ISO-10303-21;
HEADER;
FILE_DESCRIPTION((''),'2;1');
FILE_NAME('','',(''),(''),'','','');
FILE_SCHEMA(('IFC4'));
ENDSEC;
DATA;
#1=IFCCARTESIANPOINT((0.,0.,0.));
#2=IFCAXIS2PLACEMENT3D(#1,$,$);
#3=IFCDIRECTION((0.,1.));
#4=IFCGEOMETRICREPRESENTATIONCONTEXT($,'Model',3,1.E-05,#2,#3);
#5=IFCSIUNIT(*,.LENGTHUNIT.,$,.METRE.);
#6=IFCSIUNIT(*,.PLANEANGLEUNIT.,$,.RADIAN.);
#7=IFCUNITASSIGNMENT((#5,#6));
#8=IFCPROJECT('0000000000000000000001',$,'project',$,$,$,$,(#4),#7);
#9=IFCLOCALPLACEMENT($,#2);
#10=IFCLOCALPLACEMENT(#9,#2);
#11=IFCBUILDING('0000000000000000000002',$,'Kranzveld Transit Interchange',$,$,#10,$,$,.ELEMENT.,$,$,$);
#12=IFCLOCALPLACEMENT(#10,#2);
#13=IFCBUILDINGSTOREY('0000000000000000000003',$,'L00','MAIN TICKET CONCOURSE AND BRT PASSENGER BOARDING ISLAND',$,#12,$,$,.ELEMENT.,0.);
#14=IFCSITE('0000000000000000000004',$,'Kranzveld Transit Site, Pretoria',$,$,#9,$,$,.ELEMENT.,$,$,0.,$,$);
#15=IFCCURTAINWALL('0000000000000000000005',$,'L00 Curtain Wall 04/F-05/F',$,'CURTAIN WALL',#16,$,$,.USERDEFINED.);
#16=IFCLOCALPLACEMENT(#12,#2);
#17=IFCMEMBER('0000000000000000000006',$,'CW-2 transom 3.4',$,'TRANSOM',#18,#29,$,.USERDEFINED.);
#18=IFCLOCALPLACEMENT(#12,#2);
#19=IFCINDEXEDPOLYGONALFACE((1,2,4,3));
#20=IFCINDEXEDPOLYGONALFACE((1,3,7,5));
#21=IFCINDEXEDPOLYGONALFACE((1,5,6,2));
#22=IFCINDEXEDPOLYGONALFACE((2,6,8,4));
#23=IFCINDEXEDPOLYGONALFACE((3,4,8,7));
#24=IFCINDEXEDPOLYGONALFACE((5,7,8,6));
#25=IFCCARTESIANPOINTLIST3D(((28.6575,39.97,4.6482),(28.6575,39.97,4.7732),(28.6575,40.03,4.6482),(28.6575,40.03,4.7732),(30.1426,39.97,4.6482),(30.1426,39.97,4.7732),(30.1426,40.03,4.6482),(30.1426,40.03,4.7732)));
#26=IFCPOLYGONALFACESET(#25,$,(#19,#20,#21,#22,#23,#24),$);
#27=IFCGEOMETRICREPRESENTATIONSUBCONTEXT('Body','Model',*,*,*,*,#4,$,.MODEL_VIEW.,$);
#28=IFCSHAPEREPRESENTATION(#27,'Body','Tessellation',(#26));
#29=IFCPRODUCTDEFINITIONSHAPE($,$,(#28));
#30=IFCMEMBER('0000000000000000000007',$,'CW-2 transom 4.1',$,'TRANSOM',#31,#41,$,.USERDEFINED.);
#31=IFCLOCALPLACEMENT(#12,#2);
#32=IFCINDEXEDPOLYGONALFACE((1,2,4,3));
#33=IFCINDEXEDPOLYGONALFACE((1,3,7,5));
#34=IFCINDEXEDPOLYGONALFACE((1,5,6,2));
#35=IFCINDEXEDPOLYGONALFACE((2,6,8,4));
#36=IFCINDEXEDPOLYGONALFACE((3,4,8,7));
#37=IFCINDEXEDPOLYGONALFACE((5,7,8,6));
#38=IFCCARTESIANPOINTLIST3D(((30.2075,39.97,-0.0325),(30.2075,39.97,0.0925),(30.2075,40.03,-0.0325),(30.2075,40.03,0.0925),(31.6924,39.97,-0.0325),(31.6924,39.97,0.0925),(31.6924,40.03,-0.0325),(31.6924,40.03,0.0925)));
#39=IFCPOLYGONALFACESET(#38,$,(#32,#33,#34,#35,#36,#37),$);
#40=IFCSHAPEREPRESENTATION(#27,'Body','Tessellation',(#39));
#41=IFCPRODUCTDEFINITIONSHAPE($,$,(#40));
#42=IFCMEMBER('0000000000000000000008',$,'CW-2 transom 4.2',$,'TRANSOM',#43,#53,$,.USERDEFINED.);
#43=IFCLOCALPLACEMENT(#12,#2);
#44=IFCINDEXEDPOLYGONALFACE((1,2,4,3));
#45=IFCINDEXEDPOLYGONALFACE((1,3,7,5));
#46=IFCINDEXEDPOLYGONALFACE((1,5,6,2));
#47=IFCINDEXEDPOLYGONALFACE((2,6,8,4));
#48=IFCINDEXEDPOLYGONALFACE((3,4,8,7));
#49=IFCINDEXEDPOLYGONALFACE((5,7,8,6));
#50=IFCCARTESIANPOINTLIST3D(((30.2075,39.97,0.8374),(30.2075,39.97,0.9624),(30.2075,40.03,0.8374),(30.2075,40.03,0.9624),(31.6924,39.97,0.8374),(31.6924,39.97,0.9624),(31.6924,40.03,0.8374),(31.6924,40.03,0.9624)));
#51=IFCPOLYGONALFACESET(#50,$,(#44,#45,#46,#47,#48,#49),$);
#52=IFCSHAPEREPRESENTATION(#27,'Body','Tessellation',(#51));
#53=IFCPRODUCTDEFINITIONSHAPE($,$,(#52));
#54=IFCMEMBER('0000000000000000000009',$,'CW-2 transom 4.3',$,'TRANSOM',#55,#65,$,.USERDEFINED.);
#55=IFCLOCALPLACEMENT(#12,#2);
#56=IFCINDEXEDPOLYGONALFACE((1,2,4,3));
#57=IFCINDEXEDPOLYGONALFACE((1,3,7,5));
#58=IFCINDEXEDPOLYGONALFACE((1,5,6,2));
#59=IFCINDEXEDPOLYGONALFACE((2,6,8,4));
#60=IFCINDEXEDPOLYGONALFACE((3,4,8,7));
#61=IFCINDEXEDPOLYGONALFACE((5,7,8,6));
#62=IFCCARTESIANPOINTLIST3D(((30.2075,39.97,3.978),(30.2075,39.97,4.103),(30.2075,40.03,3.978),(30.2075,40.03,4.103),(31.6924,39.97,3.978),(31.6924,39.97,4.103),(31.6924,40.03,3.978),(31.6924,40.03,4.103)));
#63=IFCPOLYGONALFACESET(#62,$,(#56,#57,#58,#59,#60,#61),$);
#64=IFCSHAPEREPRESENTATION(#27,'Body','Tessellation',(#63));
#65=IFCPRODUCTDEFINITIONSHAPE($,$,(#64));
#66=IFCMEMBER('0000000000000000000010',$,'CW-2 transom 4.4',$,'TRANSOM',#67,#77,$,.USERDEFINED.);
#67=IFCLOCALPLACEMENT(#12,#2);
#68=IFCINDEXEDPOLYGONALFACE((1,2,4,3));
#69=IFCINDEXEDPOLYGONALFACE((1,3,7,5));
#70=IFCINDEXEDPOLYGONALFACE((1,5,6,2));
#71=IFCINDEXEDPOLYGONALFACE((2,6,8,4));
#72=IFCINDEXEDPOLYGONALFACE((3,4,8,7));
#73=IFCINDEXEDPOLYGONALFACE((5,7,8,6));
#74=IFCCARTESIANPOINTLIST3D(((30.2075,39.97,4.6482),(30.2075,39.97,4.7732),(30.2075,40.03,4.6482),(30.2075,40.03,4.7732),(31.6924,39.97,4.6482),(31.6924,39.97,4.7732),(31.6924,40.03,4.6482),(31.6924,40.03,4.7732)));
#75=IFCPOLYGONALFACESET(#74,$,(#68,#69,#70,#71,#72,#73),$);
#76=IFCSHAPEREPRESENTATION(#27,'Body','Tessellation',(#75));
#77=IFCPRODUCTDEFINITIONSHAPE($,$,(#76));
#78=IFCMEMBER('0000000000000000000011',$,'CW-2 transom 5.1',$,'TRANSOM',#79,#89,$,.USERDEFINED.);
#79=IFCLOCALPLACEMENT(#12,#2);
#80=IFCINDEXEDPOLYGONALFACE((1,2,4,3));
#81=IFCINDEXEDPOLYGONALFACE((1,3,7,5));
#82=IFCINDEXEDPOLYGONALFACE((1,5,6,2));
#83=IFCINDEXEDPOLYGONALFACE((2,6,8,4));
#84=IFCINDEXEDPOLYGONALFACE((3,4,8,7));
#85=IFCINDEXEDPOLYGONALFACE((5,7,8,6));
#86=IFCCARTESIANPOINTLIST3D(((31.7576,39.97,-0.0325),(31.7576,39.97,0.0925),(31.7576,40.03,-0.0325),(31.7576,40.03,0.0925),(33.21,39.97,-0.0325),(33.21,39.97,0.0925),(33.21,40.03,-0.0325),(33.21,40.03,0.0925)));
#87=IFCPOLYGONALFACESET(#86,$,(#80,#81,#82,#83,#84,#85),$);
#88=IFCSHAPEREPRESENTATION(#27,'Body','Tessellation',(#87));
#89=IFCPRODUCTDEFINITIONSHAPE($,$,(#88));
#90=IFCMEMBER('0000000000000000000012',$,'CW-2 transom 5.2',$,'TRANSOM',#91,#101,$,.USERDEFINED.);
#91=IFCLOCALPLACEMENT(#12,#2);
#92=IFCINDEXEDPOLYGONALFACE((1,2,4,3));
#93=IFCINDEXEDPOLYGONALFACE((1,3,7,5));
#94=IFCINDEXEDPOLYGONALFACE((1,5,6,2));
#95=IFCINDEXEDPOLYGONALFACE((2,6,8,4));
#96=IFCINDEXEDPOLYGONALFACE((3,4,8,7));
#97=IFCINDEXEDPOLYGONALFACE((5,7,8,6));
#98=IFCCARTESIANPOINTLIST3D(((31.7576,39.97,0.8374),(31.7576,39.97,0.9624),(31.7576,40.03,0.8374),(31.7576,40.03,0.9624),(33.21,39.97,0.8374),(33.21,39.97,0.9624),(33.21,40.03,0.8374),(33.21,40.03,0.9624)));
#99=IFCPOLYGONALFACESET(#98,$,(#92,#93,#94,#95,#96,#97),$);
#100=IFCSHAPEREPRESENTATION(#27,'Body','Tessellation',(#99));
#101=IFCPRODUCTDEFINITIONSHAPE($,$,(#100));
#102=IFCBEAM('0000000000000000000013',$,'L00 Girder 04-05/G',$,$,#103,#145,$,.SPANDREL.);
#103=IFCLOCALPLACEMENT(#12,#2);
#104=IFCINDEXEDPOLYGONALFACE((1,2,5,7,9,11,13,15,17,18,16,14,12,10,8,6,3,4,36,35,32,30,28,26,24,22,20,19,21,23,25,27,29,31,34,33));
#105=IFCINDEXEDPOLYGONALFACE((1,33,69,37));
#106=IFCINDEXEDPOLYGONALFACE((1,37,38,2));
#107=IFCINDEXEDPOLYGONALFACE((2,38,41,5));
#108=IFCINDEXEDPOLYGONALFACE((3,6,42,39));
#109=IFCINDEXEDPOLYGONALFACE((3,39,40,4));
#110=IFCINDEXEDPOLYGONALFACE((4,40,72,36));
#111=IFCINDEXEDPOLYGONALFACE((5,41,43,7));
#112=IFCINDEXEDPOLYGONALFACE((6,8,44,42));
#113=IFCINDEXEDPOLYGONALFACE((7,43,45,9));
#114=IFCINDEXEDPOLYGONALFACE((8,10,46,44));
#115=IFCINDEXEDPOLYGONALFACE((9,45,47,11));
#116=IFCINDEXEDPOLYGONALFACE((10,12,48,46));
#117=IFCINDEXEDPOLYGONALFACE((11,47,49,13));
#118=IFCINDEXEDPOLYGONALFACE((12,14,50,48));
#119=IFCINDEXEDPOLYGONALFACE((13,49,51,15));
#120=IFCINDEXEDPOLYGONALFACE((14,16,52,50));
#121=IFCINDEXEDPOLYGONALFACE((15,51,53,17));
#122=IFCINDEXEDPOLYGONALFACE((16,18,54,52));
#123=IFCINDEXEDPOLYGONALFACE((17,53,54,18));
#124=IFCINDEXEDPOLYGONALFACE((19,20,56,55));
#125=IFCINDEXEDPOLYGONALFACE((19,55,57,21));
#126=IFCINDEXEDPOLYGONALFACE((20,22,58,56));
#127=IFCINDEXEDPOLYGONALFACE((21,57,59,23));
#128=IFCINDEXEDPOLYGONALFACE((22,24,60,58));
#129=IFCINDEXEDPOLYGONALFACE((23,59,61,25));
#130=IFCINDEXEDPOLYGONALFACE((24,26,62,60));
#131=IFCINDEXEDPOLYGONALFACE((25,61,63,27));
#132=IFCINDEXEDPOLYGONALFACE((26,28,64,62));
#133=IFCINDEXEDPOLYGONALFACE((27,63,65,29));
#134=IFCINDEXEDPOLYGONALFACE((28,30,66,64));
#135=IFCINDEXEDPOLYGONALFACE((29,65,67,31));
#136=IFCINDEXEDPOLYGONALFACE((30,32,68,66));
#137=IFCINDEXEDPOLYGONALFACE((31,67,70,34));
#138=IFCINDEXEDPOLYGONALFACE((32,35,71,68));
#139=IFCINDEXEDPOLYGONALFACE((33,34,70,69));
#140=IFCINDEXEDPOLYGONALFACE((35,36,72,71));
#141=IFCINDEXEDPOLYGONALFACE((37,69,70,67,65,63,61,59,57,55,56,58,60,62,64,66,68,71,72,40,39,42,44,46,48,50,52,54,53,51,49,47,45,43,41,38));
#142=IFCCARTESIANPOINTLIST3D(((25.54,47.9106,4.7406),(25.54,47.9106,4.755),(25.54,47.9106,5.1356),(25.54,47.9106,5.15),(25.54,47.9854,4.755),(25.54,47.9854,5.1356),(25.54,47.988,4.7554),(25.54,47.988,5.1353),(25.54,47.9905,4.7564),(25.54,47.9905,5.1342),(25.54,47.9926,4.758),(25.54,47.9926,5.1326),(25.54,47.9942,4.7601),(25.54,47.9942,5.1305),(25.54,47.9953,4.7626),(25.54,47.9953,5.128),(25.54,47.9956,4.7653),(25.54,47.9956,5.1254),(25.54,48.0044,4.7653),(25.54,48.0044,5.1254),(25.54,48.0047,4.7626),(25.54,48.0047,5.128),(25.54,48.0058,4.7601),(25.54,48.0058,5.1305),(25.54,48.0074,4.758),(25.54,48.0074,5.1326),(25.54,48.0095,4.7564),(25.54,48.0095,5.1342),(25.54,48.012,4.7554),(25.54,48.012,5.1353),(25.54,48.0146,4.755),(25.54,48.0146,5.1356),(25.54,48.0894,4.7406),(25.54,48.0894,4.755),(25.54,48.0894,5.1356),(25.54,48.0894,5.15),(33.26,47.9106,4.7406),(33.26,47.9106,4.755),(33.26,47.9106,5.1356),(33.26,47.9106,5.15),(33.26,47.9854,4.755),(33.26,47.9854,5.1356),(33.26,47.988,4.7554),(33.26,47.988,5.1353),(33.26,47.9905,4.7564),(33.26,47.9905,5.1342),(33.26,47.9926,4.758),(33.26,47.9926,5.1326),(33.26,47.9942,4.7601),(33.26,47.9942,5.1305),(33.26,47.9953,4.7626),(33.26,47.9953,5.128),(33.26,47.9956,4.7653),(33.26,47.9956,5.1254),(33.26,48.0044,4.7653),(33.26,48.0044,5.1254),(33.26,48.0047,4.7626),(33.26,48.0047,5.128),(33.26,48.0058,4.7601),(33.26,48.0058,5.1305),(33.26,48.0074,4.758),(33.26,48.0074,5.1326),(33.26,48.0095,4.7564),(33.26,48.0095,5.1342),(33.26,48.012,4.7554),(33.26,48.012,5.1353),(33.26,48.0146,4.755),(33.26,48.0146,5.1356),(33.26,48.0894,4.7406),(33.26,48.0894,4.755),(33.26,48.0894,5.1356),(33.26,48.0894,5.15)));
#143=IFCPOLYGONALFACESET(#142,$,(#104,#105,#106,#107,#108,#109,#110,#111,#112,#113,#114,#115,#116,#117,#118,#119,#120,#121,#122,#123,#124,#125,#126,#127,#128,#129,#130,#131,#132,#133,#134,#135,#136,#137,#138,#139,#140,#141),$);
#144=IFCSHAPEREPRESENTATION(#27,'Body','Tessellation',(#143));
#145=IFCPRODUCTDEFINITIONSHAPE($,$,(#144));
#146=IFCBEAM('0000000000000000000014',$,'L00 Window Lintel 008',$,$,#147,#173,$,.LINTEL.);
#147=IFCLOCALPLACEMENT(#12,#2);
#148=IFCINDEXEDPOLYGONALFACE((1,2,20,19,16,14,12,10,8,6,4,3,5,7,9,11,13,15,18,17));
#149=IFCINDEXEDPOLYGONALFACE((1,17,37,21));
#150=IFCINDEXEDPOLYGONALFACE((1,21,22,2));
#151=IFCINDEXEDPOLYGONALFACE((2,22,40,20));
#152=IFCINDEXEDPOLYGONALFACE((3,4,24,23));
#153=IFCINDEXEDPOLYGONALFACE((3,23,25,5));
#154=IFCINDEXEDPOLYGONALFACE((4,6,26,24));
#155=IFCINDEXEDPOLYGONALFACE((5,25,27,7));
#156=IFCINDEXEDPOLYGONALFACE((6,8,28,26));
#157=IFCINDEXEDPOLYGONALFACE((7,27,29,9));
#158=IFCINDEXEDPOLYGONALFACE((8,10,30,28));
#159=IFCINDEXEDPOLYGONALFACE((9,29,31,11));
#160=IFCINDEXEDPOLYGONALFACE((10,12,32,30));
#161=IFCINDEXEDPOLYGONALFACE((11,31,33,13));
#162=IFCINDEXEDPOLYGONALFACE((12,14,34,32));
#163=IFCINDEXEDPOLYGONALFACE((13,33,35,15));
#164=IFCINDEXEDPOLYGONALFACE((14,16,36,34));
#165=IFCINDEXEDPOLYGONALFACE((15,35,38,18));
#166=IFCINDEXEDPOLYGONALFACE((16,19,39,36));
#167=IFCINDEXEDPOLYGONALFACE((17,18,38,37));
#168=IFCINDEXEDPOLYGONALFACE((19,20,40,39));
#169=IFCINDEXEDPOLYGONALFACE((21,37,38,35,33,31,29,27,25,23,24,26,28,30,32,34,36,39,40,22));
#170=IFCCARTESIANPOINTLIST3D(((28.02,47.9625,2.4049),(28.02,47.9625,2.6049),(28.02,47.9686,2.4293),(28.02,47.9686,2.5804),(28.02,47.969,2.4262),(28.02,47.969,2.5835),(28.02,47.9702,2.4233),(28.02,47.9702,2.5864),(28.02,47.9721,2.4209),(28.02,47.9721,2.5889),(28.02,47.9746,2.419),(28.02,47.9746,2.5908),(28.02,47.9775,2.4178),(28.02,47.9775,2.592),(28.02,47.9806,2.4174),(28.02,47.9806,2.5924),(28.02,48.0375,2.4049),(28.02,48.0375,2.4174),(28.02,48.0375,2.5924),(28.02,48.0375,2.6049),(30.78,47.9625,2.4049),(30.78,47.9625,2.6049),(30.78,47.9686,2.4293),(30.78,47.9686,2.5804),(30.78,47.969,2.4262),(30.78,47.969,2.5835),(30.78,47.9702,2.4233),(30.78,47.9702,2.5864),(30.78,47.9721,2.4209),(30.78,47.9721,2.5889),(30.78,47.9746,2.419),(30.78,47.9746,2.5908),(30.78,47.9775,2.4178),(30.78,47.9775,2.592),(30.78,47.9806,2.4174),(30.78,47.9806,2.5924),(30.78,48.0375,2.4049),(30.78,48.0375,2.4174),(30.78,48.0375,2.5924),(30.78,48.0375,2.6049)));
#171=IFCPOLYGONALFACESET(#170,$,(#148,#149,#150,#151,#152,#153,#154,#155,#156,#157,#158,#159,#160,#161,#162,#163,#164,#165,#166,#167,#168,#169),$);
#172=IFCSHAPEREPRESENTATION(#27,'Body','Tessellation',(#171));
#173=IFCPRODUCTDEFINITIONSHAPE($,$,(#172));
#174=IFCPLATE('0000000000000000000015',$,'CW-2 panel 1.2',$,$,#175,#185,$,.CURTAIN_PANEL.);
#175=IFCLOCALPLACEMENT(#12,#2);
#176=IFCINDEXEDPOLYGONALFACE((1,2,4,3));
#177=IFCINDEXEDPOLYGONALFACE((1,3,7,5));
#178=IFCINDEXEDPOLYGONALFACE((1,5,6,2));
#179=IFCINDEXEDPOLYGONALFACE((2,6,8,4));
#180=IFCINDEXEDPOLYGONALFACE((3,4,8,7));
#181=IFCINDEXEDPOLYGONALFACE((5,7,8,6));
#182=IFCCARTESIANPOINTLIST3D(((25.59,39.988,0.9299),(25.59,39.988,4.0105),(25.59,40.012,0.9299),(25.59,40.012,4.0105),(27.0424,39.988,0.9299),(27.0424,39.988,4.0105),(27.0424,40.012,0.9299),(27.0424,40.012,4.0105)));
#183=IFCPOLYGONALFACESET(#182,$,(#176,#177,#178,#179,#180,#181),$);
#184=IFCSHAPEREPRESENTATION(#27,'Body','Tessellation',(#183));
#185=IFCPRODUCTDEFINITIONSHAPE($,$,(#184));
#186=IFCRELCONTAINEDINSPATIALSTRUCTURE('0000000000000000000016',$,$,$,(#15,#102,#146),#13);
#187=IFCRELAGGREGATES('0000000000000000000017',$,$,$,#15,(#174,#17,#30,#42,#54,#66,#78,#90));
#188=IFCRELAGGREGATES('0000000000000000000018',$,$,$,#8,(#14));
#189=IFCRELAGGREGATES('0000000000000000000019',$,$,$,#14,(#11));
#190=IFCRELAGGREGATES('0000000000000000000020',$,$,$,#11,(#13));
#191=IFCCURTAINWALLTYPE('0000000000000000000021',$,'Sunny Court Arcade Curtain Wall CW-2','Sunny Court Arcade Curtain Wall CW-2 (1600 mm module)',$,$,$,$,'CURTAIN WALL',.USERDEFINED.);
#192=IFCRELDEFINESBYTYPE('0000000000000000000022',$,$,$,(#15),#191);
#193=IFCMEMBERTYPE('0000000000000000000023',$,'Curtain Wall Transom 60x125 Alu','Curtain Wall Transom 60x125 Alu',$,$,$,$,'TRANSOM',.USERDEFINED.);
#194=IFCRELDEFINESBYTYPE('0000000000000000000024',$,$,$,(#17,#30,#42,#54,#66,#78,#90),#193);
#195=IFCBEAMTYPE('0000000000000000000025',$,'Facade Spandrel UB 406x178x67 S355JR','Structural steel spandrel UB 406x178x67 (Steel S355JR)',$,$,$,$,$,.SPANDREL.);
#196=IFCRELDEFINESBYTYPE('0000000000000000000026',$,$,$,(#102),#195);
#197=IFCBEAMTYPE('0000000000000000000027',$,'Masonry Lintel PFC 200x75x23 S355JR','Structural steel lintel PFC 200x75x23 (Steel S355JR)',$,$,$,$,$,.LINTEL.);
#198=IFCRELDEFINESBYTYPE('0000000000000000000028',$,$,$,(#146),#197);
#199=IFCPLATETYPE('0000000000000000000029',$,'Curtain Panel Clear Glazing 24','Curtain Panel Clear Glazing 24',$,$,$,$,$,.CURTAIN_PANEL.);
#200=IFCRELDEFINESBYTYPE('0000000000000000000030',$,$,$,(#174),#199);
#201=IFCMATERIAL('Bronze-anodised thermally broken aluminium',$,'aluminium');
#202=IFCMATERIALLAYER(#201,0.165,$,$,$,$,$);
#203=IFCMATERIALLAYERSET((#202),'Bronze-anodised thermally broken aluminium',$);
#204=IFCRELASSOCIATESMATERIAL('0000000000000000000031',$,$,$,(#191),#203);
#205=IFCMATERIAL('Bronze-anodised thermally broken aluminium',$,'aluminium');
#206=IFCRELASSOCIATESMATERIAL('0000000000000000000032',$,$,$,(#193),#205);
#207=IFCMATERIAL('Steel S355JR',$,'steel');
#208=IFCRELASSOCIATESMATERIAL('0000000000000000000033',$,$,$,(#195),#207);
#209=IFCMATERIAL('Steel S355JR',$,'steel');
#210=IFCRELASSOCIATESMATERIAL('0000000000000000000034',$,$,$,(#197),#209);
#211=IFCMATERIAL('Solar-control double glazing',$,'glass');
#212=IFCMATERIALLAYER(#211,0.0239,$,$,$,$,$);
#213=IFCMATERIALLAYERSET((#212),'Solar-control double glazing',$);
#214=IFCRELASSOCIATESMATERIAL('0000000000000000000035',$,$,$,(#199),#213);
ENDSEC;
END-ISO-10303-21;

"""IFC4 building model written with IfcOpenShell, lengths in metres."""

from ifc_helpers import new_model, si_unit, direction, frame, origin, origin_2d, place, context, subcontext, project, spatial, rectangle, i_section, u_section, extrude, material, layer, layer_set, material_profile, profile_set, type_object, element, aggregate, save


model = new_model("IFC4")

# Units and contexts
model_context = context("Model", 3, precision=1e-05, world=origin(), true_north=direction((0.0, 1.0)))
body_context = subcontext(model_context, "Body", "Model", "MODEL_VIEW")
ifc_project = project(units=[si_unit("LENGTHUNIT", "METRE"), si_unit("PLANEANGLEUNIT", "RADIAN")], contexts=[model_context])

# Site, building, storey
site_placement = place(None, origin())
site = spatial("IfcSite", under=ifc_project, at=site_placement, Name="Kranzveld Transit Site, Pretoria", CompositionType="ELEMENT", RefElevation=0.0)
building_placement = place(site_placement, origin())
building = spatial("IfcBuilding", under=site, at=building_placement, Name="Kranzveld Transit Interchange", CompositionType="ELEMENT")
storey_placement = place(building_placement, origin())
storey = spatial("IfcBuildingStorey", under=building, at=storey_placement, Name="L00", Description="MAIN TICKET CONCOURSE AND BRT PASSENGER BOARDING ISLAND", CompositionType="ELEMENT", Elevation=0.0)

# Curtain wall, members
ifc_material_1 = material(Name="Bronze-anodised thermally broken aluminium", Category="aluminium")
ifc_layer_1 = layer(ifc_material_1, 0.165)
ifc_layer_set_1 = layer_set([ifc_layer_1], Name="Bronze-anodised thermally broken aluminium")
curtain_wall_type = type_object("IfcCurtainWallType", Name="Sunny Court Arcade Curtain Wall CW-2", Description="Sunny Court Arcade Curtain Wall CW-2 (1600 mm module)", ElementType="CURTAIN WALL", PredefinedType="USERDEFINED", material=ifc_layer_set_1)
curtain_wall_placement = place(storey_placement, origin())
curtain_wall = element("IfcCurtainWall", 1, at=curtain_wall_placement, inside=storey, type_object=curtain_wall_type, Name="L00 Curtain Wall 04/F-05/F", ObjectType="CURTAIN WALL", PredefinedType="USERDEFINED")
ifc_material_2 = material(Name="Bronze-anodised thermally broken aluminium", Category="aluminium")
ifc_material_profile_1 = material_profile(ifc_material_2, rectangle(XDim=0.0601, YDim=0.125, at=origin_2d()), Name="ALU TRANSOM 60x125")
ifc_profile_set_1 = profile_set([ifc_material_profile_1], Name="Bronze-anodised thermally broken aluminium")
member_type_1 = type_object("IfcMemberType", Name="Curtain Wall Transom 60x125 Alu", Description="Curtain Wall Transom 60x125 Alu", ElementType="TRANSOM", PredefinedType="USERDEFINED", material=ifc_profile_set_1)
member_1_placement = place(storey_placement, frame((28.6575, 40.0, 4.7107), z_axis=(1.0, 0.0, 0.0), x_axis=(0.0, 1.0, 0.0)))
member_1 = element("IfcMember", 2, at=member_1_placement, type_object=member_type_1, Name="CW-2 transom 3.4", ObjectType="TRANSOM", PredefinedType="USERDEFINED", context=body_context, shape_type="SweptSolid", body=[
    extrude(rectangle(XDim=0.0601, YDim=0.125, at=origin_2d()), origin(), (0.0, 0.0, 1.0), 1.4851),
])
member_2_placement = place(storey_placement, frame((30.2075, 40.0, 0.03), z_axis=(1.0, 0.0, 0.0), x_axis=(0.0, 1.0, 0.0)))
member_2 = element("IfcMember", 3, at=member_2_placement, type_object=member_type_1, Name="CW-2 transom 4.1", ObjectType="TRANSOM", PredefinedType="USERDEFINED", context=body_context, shape_type="SweptSolid", body=[
    extrude(rectangle(XDim=0.0601, YDim=0.125, at=origin_2d()), origin(), (0.0, 0.0, 1.0), 1.4849),
])
member_3_placement = place(storey_placement, frame((30.2075, 40.0, 0.8999), z_axis=(1.0, 0.0, 0.0), x_axis=(0.0, 1.0, 0.0)))
member_3 = element("IfcMember", 4, at=member_3_placement, type_object=member_type_1, Name="CW-2 transom 4.2", ObjectType="TRANSOM", PredefinedType="USERDEFINED", context=body_context, shape_type="SweptSolid", body=[
    extrude(rectangle(XDim=0.0601, YDim=0.125, at=origin_2d()), origin(), (0.0, 0.0, 1.0), 1.4849),
])
member_4_placement = place(storey_placement, frame((30.2075, 40.0, 4.0405), z_axis=(1.0, 0.0, 0.0), x_axis=(0.0, 1.0, 0.0)))
member_4 = element("IfcMember", 5, at=member_4_placement, type_object=member_type_1, Name="CW-2 transom 4.3", ObjectType="TRANSOM", PredefinedType="USERDEFINED", context=body_context, shape_type="SweptSolid", body=[
    extrude(rectangle(XDim=0.0601, YDim=0.125, at=origin_2d()), origin(), (0.0, 0.0, 1.0), 1.4849),
])
member_5_placement = place(storey_placement, frame((30.2075, 40.0, 4.7107), z_axis=(1.0, 0.0, 0.0), x_axis=(0.0, 1.0, 0.0)))
member_5 = element("IfcMember", 6, at=member_5_placement, type_object=member_type_1, Name="CW-2 transom 4.4", ObjectType="TRANSOM", PredefinedType="USERDEFINED", context=body_context, shape_type="SweptSolid", body=[
    extrude(rectangle(XDim=0.0601, YDim=0.125, at=origin_2d()), origin(), (0.0, 0.0, 1.0), 1.4849),
])
member_6_placement = place(storey_placement, frame((31.7576, 40.0, 0.03), z_axis=(1.0, 0.0, 0.0), x_axis=(0.0, 1.0, 0.0)))
member_6 = element("IfcMember", 7, at=member_6_placement, type_object=member_type_1, Name="CW-2 transom 5.1", ObjectType="TRANSOM", PredefinedType="USERDEFINED", context=body_context, shape_type="SweptSolid", body=[
    extrude(rectangle(XDim=0.0601, YDim=0.125, at=origin_2d()), origin(), (0.0, 0.0, 1.0), 1.4524),
])
member_7_placement = place(storey_placement, frame((31.7576, 40.0, 0.8999), z_axis=(1.0, 0.0, 0.0), x_axis=(0.0, 1.0, 0.0)))
member_7 = element("IfcMember", 8, at=member_7_placement, type_object=member_type_1, Name="CW-2 transom 5.2", ObjectType="TRANSOM", PredefinedType="USERDEFINED", context=body_context, shape_type="SweptSolid", body=[
    extrude(rectangle(XDim=0.0601, YDim=0.125, at=origin_2d()), origin(), (0.0, 0.0, 1.0), 1.4524),
])

# Beams
ifc_material_3 = material(Name="Steel S355JR", Category="steel")
ifc_material_profile_2 = material_profile(ifc_material_3, i_section(OverallWidth=0.1787, OverallDepth=0.4094, WebThickness=0.0088, FlangeThickness=0.0144, FilletRadius=0.0103, at=origin_2d()), Name="UB 406x178x67")
ifc_profile_set_2 = profile_set([ifc_material_profile_2], Name="Steel S355JR")
beam_type_1 = type_object("IfcBeamType", Name="Facade Spandrel UB 406x178x67 S355JR", Description="Structural steel spandrel UB 406x178x67 (Steel S355JR)", PredefinedType="SPANDREL", material=ifc_profile_set_2)
beam_1_placement = place(storey_placement, frame((25.54, 48.0, 4.9453), z_axis=(1.0, 0.0, 0.0), x_axis=(0.0, 1.0, 0.0)))
element("IfcBeam", 9, at=beam_1_placement, inside=storey, type_object=beam_type_1, Name="L00 Girder 04-05/G", PredefinedType="SPANDREL", context=body_context, shape_type="SweptSolid", body=[
    extrude(i_section(OverallWidth=0.1787, OverallDepth=0.4094, WebThickness=0.0088, FlangeThickness=0.0144, FilletRadius=0.0103, at=origin_2d()), origin(), (0.0, 0.0, 1.0), 7.72),
])
ifc_material_4 = material(Name="Steel S355JR", Category="steel")
ifc_material_profile_3 = material_profile(ifc_material_4, u_section(Depth=0.2, FlangeWidth=0.075, WebThickness=0.0061, FlangeThickness=0.0125, FilletRadius=0.012, at=origin_2d()), Name="PFC 200x75x23")
ifc_profile_set_3 = profile_set([ifc_material_profile_3], Name="Steel S355JR")
beam_type_2 = type_object("IfcBeamType", Name="Masonry Lintel PFC 200x75x23 S355JR", Description="Structural steel lintel PFC 200x75x23 (Steel S355JR)", PredefinedType="LINTEL", material=ifc_profile_set_3)
beam_2_placement = place(storey_placement, frame((28.02, 48.0, 2.5049), z_axis=(1.0, 0.0, 0.0), x_axis=(0.0, 1.0, 0.0)))
element("IfcBeam", 10, at=beam_2_placement, inside=storey, type_object=beam_type_2, Name="L00 Window Lintel 008", PredefinedType="LINTEL", context=body_context, shape_type="SweptSolid", body=[
    extrude(u_section(Depth=0.2, FlangeWidth=0.075, WebThickness=0.0061, FlangeThickness=0.0125, FilletRadius=0.012, at=origin_2d()), origin(), (0.0, 0.0, 1.0), 2.76),
])

# Plate
ifc_material_5 = material(Name="Solar-control double glazing", Category="glass")
ifc_layer_2 = layer(ifc_material_5, 0.0239)
ifc_layer_set_2 = layer_set([ifc_layer_2], Name="Solar-control double glazing")
plate_type = type_object("IfcPlateType", Name="Curtain Panel Clear Glazing 24", Description="Curtain Panel Clear Glazing 24", PredefinedType="CURTAIN_PANEL", material=ifc_layer_set_2)
plate_1_placement = place(storey_placement, frame((26.3162, 40.0, 0.9299), z_axis=(0.0, 0.0, 1.0), x_axis=(1.0, 0.0, 0.0)))
plate_1 = element("IfcPlate", 11, at=plate_1_placement, type_object=plate_type, Name="CW-2 panel 1.2", PredefinedType="CURTAIN_PANEL", context=body_context, shape_type="SweptSolid", body=[
    extrude(rectangle(XDim=1.4524, YDim=0.0239, at=origin_2d()), origin(), (0.0, 0.0, 1.0), 3.0806),
])
aggregate(curtain_wall, [plate_1, member_1, member_2, member_3, member_4, member_5, member_6, member_7])

save(model, "model.ifc")
